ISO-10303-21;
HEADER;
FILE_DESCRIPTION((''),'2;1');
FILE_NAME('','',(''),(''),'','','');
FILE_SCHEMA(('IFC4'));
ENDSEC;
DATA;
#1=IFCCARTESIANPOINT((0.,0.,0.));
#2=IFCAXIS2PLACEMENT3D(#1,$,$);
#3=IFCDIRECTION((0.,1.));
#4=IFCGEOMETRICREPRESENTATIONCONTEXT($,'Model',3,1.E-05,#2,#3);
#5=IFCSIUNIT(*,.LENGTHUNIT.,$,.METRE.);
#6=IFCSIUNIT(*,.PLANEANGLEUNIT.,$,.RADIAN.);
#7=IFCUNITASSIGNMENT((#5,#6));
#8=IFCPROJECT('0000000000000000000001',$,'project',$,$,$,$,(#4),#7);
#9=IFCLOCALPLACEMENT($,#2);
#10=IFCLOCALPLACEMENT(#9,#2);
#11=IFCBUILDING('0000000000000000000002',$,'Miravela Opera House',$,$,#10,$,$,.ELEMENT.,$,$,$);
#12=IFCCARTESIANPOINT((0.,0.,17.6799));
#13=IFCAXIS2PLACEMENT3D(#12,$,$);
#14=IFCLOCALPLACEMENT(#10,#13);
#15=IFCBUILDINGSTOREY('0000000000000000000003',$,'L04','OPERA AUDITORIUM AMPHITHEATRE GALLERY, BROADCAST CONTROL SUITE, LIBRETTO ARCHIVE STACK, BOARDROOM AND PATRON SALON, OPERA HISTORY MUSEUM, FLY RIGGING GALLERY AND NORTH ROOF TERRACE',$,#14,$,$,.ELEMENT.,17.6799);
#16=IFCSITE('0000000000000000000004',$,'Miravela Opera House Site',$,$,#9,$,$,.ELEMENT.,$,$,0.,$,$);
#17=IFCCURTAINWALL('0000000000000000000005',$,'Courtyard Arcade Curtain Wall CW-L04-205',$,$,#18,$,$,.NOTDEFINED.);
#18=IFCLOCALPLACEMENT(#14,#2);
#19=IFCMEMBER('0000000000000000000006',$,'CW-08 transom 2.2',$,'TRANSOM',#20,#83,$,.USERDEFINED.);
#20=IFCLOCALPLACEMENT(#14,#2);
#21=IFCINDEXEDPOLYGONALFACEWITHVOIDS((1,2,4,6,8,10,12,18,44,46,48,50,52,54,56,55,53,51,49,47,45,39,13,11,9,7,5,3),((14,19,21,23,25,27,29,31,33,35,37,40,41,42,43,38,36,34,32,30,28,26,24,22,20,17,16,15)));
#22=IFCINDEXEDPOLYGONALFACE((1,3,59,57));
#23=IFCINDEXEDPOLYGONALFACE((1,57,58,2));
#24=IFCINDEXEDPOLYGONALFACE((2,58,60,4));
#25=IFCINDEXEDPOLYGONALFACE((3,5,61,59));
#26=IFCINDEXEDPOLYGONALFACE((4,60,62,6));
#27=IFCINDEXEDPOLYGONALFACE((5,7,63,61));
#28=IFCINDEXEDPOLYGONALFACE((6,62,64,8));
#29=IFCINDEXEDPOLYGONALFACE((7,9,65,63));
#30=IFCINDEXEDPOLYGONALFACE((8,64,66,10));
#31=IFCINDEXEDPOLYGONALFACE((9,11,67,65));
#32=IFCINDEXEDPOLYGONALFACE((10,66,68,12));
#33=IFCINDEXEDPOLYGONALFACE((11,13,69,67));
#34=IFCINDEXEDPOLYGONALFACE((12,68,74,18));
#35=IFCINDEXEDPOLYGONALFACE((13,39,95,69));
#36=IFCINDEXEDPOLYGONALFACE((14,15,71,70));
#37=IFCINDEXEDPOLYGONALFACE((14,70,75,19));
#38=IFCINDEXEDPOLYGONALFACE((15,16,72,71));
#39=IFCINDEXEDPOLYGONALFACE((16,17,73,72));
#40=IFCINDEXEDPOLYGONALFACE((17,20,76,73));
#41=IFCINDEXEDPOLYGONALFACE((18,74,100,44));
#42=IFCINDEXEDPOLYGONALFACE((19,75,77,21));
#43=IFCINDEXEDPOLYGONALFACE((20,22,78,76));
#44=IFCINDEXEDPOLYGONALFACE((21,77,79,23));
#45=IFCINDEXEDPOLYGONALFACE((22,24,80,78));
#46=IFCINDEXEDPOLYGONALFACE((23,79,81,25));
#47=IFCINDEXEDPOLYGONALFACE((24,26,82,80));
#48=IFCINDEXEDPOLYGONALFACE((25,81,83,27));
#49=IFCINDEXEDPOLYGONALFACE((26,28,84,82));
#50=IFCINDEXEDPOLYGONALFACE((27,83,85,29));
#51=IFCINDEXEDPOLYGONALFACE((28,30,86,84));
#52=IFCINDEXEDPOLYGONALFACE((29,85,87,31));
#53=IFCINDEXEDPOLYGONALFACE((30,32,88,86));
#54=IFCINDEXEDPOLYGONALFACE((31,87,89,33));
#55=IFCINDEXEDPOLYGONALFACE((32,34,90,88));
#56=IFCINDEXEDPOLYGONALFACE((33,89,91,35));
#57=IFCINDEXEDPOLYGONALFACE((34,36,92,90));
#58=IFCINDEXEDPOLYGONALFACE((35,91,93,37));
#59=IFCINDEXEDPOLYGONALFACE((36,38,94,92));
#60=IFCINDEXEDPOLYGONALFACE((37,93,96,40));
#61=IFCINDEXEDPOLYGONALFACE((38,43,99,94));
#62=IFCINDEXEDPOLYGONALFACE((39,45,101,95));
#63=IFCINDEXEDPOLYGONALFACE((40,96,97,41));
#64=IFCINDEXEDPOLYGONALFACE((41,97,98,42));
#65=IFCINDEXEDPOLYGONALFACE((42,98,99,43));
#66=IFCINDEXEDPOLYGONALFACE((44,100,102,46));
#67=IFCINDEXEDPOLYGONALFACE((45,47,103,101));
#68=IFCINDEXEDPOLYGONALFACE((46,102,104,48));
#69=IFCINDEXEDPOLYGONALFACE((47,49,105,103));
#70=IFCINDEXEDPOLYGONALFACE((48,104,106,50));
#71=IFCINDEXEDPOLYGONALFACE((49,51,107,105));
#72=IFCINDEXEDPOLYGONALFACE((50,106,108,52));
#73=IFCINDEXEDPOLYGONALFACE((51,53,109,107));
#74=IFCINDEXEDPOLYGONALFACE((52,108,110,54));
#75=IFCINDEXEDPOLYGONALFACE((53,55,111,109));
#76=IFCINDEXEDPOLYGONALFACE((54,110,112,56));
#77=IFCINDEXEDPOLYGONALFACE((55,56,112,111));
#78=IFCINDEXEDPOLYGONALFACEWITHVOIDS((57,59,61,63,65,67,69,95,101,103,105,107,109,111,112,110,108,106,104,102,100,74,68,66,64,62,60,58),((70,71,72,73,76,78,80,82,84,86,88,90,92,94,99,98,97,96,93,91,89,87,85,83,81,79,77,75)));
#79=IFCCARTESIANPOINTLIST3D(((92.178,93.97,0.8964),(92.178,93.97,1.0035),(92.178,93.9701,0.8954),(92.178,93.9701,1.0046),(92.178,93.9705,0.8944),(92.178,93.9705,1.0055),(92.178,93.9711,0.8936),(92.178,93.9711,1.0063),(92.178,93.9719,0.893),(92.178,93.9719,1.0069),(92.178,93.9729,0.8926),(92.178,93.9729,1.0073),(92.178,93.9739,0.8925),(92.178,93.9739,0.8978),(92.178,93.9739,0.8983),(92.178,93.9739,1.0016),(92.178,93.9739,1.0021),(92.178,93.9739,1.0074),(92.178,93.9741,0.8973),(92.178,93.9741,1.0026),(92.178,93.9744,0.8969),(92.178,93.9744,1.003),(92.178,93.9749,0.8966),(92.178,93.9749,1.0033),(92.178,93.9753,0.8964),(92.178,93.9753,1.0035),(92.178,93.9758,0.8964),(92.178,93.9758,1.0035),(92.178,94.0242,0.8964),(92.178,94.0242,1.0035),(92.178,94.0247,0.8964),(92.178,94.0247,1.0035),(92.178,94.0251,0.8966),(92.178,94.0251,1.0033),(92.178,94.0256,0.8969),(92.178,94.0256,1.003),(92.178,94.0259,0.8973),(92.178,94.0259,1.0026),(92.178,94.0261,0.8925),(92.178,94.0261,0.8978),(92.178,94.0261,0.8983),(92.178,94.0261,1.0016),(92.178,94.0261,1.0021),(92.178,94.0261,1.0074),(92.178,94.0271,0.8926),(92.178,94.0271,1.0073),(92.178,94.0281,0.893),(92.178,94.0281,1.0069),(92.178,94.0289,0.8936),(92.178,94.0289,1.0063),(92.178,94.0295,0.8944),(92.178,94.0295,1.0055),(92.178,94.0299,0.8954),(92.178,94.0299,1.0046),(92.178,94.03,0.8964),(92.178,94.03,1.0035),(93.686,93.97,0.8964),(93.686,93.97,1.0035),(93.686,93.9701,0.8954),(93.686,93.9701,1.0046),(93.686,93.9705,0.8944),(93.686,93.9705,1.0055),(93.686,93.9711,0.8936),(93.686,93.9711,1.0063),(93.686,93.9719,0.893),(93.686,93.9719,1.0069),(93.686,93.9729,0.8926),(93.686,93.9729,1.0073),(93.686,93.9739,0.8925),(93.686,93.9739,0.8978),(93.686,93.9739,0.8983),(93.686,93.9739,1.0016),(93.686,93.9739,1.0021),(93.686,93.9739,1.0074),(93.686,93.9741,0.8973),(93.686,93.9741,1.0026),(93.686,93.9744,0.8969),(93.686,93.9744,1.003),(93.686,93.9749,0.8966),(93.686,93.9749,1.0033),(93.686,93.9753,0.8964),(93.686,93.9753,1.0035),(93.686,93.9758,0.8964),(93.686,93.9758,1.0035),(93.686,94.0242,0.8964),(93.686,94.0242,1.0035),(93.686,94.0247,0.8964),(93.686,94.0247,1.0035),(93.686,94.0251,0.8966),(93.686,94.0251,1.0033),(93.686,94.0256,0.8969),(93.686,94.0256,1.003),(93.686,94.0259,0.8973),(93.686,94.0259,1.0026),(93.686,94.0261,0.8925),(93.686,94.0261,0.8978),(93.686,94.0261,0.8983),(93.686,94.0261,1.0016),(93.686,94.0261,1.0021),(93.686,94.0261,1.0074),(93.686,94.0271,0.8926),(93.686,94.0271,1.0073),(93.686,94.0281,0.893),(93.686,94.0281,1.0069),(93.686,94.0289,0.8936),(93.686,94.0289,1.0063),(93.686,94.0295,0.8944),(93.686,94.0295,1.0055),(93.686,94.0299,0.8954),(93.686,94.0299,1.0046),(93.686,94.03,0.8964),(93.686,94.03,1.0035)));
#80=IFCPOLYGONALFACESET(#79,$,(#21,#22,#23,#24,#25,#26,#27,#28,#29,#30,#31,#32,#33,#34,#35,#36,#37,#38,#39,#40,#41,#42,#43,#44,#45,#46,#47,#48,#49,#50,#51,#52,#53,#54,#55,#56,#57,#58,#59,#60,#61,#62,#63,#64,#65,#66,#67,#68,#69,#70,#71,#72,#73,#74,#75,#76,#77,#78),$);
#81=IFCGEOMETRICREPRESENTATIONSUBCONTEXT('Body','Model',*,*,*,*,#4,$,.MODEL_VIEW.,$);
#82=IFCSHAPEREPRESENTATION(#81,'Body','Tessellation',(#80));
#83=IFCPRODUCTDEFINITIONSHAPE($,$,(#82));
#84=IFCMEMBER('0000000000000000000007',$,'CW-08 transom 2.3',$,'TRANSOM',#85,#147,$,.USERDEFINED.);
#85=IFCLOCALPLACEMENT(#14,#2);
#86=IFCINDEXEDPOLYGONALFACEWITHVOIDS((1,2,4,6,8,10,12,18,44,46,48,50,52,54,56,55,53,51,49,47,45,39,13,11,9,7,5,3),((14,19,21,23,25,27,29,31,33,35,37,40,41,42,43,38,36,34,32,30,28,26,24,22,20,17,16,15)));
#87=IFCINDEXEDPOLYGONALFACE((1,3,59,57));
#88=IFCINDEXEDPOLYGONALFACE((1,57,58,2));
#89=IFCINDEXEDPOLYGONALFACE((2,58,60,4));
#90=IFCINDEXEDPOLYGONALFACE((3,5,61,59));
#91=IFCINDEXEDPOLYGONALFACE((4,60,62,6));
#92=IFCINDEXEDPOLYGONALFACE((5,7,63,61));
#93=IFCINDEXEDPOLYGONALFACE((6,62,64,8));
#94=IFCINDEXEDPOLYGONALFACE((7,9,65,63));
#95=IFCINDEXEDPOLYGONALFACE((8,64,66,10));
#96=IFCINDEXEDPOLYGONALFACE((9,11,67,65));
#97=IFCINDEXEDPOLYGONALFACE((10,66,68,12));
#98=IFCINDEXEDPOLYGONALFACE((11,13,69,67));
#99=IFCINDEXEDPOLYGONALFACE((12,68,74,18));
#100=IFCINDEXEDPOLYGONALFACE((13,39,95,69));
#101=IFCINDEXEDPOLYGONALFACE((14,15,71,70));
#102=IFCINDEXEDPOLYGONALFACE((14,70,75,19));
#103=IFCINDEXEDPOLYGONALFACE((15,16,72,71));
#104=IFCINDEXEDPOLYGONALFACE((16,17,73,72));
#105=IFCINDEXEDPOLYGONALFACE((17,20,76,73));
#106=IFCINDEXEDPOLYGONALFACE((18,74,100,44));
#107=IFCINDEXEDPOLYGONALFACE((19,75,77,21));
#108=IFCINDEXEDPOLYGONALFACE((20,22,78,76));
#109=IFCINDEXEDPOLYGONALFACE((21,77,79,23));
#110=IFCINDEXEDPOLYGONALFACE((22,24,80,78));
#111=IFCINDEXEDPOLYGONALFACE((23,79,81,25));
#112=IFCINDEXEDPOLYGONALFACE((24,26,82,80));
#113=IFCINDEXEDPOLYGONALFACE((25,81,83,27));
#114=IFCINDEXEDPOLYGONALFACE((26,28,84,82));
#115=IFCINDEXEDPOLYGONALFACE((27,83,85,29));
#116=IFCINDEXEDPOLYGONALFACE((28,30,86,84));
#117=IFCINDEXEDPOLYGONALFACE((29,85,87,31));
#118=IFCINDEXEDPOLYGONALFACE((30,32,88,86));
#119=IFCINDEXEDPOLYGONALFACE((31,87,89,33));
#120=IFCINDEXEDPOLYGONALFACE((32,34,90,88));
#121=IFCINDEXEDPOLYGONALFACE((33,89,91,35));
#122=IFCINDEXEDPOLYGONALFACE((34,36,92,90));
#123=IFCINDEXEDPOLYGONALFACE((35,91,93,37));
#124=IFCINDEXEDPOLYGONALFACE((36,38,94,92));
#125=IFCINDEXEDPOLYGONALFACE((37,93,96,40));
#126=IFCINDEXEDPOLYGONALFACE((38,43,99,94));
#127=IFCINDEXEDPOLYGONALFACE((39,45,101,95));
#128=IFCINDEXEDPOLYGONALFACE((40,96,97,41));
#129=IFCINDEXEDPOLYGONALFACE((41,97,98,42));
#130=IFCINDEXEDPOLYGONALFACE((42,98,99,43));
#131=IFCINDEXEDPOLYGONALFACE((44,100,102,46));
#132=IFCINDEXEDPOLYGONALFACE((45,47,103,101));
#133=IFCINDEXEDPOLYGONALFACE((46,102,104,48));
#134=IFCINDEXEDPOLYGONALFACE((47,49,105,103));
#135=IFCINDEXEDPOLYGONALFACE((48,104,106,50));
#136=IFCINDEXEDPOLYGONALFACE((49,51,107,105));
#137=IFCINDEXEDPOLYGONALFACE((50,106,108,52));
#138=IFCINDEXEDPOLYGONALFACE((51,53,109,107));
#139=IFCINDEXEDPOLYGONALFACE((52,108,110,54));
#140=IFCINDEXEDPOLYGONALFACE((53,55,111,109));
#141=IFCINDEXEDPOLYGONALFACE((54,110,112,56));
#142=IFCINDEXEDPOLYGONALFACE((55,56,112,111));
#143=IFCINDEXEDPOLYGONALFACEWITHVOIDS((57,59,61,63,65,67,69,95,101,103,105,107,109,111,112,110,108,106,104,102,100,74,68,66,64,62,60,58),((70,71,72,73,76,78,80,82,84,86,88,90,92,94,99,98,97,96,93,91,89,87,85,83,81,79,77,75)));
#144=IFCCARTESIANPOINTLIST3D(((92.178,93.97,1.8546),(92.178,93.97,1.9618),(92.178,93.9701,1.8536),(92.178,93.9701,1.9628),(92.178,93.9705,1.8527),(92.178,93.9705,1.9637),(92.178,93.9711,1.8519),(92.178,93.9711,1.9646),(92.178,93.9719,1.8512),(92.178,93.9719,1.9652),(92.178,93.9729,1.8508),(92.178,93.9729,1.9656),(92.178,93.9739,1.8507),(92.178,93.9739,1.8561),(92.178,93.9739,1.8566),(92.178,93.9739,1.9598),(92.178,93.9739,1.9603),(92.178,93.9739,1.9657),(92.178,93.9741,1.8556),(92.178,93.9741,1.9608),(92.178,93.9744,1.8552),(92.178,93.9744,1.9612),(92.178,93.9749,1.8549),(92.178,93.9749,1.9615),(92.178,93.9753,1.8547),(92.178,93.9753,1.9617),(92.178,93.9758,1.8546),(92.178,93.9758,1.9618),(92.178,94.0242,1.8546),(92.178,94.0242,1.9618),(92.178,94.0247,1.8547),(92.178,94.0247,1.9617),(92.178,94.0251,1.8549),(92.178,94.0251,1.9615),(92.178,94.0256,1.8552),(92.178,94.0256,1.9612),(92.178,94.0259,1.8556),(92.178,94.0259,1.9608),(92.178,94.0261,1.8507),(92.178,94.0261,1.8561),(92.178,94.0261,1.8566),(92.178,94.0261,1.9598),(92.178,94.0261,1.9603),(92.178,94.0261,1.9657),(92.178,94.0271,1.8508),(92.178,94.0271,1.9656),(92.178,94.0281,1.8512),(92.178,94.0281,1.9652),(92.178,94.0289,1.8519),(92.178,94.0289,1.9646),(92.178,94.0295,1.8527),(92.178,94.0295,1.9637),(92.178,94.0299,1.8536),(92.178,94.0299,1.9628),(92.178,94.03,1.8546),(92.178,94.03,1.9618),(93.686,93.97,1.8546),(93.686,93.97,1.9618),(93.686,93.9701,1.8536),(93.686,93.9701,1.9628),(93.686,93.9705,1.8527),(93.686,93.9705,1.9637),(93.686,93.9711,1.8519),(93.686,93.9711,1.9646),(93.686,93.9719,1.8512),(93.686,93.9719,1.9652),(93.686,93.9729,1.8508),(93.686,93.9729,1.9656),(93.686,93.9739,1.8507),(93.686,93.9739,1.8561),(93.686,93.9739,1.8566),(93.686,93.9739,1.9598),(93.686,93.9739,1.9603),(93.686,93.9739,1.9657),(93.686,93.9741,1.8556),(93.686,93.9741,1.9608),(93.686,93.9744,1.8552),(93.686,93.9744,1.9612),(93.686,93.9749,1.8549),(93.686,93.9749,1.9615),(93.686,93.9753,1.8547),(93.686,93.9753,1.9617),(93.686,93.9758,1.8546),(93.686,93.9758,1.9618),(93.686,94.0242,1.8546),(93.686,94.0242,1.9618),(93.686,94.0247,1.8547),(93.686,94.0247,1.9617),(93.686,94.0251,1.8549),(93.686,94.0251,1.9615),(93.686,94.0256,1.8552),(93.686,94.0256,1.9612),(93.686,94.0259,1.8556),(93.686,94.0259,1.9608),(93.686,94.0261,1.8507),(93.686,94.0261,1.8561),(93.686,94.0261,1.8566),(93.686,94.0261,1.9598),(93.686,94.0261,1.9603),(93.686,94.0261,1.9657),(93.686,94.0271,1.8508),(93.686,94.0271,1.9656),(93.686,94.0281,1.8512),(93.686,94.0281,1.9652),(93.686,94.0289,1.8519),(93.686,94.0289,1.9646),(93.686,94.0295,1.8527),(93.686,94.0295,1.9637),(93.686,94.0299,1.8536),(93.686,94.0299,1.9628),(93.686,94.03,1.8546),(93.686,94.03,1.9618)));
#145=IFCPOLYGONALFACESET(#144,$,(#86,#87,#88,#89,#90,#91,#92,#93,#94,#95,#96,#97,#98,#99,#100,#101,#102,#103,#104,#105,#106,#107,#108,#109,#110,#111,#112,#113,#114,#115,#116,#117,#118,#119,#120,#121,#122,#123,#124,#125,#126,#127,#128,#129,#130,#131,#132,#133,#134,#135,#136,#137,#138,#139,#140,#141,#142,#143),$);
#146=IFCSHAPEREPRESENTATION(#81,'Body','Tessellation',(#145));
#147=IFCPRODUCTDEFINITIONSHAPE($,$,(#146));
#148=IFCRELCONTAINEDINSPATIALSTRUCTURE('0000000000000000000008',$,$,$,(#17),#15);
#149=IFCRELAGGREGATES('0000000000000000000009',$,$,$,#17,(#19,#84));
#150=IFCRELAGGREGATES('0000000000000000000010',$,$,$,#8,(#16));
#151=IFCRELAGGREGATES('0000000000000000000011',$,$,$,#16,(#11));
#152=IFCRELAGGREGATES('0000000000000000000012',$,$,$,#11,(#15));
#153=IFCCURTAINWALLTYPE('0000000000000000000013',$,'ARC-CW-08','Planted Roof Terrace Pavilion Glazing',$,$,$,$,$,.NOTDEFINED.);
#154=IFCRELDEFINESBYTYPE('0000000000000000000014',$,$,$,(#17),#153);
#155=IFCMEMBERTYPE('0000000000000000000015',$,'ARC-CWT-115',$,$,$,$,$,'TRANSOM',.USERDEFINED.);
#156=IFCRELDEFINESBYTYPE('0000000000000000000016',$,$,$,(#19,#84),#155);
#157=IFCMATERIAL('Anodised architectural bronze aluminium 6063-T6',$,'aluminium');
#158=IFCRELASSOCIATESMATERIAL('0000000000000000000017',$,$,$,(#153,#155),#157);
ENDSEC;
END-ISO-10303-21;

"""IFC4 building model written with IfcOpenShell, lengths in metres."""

from ifc_helpers import new_model, si_unit, direction, frame, origin, origin_2d, place, context, subcontext, project, spatial, hollow_rectangle, extrude, material, material_profile, profile_set, type_object, element, aggregate, save


model = new_model("IFC4")

# Units and contexts
model_context = context("Model", 3, precision=1e-05, world=origin(), true_north=direction((0.0, 1.0)))
body_context = subcontext(model_context, "Body", "Model", "MODEL_VIEW")
ifc_project = project(units=[si_unit("LENGTHUNIT", "METRE"), si_unit("PLANEANGLEUNIT", "RADIAN")], contexts=[model_context])

# Site, building, storey
site_placement = place(None, origin())
site = spatial("IfcSite", under=ifc_project, at=site_placement, Name="Miravela Opera House Site", CompositionType="ELEMENT", RefElevation=0.0)
building_placement = place(site_placement, origin())
building = spatial("IfcBuilding", under=site, at=building_placement, Name="Miravela Opera House", CompositionType="ELEMENT")
storey_placement = place(building_placement, frame((0.0, 0.0, 17.6799)))
storey = spatial("IfcBuildingStorey", under=building, at=storey_placement, Name="L04", Description="OPERA AUDITORIUM AMPHITHEATRE GALLERY, BROADCAST CONTROL SUITE, LIBRETTO ARCHIVE STACK, BOARDROOM AND PATRON SALON, OPERA HISTORY MUSEUM, FLY RIGGING GALLERY AND NORTH ROOF TERRACE", CompositionType="ELEMENT", Elevation=17.6799)

# Shared definitions
ifc_material_1 = material(Name="Anodised architectural bronze aluminium 6063-T6", Category="aluminium")
curtain_wall_type = type_object("IfcCurtainWallType", Name="ARC-CW-08", Description="Planted Roof Terrace Pavilion Glazing", PredefinedType="NOTDEFINED", material=ifc_material_1)

# Curtain wall
curtain_wall_1_placement = place(storey_placement, origin())
curtain_wall_1 = element("IfcCurtainWall", 1, at=curtain_wall_1_placement, inside=storey, type_object=curtain_wall_type, Name="Courtyard Arcade Curtain Wall CW-L04-205", PredefinedType="NOTDEFINED")

# Members
ifc_material_profile_1 = material_profile(ifc_material_1, hollow_rectangle(XDim=0.0601, YDim=0.115, WallThickness=0.0039, InnerFilletRadius=0.002, OuterFilletRadius=0.0039, at=origin_2d()), Name="CWT-60X115")
ifc_profile_set_1 = profile_set([ifc_material_profile_1])
member_type_1 = type_object("IfcMemberType", Name="ARC-CWT-115", ElementType="TRANSOM", PredefinedType="USERDEFINED", material=ifc_profile_set_1)
member_1_placement = place(storey_placement, frame((92.178, 94.0, 0.95), z_axis=(1.0, 0.0, 0.0), x_axis=(0.0, 1.0, 0.0)))
member_1 = element("IfcMember", 2, at=member_1_placement, type_object=member_type_1, Name="CW-08 transom 2.2", ObjectType="TRANSOM", PredefinedType="USERDEFINED", context=body_context, shape_type="SweptSolid", body=[
    extrude(hollow_rectangle(XDim=0.0601, YDim=0.115, WallThickness=0.0039, InnerFilletRadius=0.002, OuterFilletRadius=0.0039, at=origin_2d()), origin(), (0.0, 0.0, 1.0), 1.5081),
])
member_2_placement = place(storey_placement, frame((92.178, 94.0, 1.9082), z_axis=(1.0, 0.0, 0.0), x_axis=(0.0, 1.0, 0.0)))
member_2 = element("IfcMember", 3, at=member_2_placement, type_object=member_type_1, Name="CW-08 transom 2.3", ObjectType="TRANSOM", PredefinedType="USERDEFINED", context=body_context, shape_type="SweptSolid", body=[
    extrude(hollow_rectangle(XDim=0.0601, YDim=0.115, WallThickness=0.0039, InnerFilletRadius=0.002, OuterFilletRadius=0.0039, at=origin_2d()), origin(), (0.0, 0.0, 1.0), 1.5081),
])

aggregate(curtain_wall_1, [member_1, member_2])

save(model, "model.ifc")
